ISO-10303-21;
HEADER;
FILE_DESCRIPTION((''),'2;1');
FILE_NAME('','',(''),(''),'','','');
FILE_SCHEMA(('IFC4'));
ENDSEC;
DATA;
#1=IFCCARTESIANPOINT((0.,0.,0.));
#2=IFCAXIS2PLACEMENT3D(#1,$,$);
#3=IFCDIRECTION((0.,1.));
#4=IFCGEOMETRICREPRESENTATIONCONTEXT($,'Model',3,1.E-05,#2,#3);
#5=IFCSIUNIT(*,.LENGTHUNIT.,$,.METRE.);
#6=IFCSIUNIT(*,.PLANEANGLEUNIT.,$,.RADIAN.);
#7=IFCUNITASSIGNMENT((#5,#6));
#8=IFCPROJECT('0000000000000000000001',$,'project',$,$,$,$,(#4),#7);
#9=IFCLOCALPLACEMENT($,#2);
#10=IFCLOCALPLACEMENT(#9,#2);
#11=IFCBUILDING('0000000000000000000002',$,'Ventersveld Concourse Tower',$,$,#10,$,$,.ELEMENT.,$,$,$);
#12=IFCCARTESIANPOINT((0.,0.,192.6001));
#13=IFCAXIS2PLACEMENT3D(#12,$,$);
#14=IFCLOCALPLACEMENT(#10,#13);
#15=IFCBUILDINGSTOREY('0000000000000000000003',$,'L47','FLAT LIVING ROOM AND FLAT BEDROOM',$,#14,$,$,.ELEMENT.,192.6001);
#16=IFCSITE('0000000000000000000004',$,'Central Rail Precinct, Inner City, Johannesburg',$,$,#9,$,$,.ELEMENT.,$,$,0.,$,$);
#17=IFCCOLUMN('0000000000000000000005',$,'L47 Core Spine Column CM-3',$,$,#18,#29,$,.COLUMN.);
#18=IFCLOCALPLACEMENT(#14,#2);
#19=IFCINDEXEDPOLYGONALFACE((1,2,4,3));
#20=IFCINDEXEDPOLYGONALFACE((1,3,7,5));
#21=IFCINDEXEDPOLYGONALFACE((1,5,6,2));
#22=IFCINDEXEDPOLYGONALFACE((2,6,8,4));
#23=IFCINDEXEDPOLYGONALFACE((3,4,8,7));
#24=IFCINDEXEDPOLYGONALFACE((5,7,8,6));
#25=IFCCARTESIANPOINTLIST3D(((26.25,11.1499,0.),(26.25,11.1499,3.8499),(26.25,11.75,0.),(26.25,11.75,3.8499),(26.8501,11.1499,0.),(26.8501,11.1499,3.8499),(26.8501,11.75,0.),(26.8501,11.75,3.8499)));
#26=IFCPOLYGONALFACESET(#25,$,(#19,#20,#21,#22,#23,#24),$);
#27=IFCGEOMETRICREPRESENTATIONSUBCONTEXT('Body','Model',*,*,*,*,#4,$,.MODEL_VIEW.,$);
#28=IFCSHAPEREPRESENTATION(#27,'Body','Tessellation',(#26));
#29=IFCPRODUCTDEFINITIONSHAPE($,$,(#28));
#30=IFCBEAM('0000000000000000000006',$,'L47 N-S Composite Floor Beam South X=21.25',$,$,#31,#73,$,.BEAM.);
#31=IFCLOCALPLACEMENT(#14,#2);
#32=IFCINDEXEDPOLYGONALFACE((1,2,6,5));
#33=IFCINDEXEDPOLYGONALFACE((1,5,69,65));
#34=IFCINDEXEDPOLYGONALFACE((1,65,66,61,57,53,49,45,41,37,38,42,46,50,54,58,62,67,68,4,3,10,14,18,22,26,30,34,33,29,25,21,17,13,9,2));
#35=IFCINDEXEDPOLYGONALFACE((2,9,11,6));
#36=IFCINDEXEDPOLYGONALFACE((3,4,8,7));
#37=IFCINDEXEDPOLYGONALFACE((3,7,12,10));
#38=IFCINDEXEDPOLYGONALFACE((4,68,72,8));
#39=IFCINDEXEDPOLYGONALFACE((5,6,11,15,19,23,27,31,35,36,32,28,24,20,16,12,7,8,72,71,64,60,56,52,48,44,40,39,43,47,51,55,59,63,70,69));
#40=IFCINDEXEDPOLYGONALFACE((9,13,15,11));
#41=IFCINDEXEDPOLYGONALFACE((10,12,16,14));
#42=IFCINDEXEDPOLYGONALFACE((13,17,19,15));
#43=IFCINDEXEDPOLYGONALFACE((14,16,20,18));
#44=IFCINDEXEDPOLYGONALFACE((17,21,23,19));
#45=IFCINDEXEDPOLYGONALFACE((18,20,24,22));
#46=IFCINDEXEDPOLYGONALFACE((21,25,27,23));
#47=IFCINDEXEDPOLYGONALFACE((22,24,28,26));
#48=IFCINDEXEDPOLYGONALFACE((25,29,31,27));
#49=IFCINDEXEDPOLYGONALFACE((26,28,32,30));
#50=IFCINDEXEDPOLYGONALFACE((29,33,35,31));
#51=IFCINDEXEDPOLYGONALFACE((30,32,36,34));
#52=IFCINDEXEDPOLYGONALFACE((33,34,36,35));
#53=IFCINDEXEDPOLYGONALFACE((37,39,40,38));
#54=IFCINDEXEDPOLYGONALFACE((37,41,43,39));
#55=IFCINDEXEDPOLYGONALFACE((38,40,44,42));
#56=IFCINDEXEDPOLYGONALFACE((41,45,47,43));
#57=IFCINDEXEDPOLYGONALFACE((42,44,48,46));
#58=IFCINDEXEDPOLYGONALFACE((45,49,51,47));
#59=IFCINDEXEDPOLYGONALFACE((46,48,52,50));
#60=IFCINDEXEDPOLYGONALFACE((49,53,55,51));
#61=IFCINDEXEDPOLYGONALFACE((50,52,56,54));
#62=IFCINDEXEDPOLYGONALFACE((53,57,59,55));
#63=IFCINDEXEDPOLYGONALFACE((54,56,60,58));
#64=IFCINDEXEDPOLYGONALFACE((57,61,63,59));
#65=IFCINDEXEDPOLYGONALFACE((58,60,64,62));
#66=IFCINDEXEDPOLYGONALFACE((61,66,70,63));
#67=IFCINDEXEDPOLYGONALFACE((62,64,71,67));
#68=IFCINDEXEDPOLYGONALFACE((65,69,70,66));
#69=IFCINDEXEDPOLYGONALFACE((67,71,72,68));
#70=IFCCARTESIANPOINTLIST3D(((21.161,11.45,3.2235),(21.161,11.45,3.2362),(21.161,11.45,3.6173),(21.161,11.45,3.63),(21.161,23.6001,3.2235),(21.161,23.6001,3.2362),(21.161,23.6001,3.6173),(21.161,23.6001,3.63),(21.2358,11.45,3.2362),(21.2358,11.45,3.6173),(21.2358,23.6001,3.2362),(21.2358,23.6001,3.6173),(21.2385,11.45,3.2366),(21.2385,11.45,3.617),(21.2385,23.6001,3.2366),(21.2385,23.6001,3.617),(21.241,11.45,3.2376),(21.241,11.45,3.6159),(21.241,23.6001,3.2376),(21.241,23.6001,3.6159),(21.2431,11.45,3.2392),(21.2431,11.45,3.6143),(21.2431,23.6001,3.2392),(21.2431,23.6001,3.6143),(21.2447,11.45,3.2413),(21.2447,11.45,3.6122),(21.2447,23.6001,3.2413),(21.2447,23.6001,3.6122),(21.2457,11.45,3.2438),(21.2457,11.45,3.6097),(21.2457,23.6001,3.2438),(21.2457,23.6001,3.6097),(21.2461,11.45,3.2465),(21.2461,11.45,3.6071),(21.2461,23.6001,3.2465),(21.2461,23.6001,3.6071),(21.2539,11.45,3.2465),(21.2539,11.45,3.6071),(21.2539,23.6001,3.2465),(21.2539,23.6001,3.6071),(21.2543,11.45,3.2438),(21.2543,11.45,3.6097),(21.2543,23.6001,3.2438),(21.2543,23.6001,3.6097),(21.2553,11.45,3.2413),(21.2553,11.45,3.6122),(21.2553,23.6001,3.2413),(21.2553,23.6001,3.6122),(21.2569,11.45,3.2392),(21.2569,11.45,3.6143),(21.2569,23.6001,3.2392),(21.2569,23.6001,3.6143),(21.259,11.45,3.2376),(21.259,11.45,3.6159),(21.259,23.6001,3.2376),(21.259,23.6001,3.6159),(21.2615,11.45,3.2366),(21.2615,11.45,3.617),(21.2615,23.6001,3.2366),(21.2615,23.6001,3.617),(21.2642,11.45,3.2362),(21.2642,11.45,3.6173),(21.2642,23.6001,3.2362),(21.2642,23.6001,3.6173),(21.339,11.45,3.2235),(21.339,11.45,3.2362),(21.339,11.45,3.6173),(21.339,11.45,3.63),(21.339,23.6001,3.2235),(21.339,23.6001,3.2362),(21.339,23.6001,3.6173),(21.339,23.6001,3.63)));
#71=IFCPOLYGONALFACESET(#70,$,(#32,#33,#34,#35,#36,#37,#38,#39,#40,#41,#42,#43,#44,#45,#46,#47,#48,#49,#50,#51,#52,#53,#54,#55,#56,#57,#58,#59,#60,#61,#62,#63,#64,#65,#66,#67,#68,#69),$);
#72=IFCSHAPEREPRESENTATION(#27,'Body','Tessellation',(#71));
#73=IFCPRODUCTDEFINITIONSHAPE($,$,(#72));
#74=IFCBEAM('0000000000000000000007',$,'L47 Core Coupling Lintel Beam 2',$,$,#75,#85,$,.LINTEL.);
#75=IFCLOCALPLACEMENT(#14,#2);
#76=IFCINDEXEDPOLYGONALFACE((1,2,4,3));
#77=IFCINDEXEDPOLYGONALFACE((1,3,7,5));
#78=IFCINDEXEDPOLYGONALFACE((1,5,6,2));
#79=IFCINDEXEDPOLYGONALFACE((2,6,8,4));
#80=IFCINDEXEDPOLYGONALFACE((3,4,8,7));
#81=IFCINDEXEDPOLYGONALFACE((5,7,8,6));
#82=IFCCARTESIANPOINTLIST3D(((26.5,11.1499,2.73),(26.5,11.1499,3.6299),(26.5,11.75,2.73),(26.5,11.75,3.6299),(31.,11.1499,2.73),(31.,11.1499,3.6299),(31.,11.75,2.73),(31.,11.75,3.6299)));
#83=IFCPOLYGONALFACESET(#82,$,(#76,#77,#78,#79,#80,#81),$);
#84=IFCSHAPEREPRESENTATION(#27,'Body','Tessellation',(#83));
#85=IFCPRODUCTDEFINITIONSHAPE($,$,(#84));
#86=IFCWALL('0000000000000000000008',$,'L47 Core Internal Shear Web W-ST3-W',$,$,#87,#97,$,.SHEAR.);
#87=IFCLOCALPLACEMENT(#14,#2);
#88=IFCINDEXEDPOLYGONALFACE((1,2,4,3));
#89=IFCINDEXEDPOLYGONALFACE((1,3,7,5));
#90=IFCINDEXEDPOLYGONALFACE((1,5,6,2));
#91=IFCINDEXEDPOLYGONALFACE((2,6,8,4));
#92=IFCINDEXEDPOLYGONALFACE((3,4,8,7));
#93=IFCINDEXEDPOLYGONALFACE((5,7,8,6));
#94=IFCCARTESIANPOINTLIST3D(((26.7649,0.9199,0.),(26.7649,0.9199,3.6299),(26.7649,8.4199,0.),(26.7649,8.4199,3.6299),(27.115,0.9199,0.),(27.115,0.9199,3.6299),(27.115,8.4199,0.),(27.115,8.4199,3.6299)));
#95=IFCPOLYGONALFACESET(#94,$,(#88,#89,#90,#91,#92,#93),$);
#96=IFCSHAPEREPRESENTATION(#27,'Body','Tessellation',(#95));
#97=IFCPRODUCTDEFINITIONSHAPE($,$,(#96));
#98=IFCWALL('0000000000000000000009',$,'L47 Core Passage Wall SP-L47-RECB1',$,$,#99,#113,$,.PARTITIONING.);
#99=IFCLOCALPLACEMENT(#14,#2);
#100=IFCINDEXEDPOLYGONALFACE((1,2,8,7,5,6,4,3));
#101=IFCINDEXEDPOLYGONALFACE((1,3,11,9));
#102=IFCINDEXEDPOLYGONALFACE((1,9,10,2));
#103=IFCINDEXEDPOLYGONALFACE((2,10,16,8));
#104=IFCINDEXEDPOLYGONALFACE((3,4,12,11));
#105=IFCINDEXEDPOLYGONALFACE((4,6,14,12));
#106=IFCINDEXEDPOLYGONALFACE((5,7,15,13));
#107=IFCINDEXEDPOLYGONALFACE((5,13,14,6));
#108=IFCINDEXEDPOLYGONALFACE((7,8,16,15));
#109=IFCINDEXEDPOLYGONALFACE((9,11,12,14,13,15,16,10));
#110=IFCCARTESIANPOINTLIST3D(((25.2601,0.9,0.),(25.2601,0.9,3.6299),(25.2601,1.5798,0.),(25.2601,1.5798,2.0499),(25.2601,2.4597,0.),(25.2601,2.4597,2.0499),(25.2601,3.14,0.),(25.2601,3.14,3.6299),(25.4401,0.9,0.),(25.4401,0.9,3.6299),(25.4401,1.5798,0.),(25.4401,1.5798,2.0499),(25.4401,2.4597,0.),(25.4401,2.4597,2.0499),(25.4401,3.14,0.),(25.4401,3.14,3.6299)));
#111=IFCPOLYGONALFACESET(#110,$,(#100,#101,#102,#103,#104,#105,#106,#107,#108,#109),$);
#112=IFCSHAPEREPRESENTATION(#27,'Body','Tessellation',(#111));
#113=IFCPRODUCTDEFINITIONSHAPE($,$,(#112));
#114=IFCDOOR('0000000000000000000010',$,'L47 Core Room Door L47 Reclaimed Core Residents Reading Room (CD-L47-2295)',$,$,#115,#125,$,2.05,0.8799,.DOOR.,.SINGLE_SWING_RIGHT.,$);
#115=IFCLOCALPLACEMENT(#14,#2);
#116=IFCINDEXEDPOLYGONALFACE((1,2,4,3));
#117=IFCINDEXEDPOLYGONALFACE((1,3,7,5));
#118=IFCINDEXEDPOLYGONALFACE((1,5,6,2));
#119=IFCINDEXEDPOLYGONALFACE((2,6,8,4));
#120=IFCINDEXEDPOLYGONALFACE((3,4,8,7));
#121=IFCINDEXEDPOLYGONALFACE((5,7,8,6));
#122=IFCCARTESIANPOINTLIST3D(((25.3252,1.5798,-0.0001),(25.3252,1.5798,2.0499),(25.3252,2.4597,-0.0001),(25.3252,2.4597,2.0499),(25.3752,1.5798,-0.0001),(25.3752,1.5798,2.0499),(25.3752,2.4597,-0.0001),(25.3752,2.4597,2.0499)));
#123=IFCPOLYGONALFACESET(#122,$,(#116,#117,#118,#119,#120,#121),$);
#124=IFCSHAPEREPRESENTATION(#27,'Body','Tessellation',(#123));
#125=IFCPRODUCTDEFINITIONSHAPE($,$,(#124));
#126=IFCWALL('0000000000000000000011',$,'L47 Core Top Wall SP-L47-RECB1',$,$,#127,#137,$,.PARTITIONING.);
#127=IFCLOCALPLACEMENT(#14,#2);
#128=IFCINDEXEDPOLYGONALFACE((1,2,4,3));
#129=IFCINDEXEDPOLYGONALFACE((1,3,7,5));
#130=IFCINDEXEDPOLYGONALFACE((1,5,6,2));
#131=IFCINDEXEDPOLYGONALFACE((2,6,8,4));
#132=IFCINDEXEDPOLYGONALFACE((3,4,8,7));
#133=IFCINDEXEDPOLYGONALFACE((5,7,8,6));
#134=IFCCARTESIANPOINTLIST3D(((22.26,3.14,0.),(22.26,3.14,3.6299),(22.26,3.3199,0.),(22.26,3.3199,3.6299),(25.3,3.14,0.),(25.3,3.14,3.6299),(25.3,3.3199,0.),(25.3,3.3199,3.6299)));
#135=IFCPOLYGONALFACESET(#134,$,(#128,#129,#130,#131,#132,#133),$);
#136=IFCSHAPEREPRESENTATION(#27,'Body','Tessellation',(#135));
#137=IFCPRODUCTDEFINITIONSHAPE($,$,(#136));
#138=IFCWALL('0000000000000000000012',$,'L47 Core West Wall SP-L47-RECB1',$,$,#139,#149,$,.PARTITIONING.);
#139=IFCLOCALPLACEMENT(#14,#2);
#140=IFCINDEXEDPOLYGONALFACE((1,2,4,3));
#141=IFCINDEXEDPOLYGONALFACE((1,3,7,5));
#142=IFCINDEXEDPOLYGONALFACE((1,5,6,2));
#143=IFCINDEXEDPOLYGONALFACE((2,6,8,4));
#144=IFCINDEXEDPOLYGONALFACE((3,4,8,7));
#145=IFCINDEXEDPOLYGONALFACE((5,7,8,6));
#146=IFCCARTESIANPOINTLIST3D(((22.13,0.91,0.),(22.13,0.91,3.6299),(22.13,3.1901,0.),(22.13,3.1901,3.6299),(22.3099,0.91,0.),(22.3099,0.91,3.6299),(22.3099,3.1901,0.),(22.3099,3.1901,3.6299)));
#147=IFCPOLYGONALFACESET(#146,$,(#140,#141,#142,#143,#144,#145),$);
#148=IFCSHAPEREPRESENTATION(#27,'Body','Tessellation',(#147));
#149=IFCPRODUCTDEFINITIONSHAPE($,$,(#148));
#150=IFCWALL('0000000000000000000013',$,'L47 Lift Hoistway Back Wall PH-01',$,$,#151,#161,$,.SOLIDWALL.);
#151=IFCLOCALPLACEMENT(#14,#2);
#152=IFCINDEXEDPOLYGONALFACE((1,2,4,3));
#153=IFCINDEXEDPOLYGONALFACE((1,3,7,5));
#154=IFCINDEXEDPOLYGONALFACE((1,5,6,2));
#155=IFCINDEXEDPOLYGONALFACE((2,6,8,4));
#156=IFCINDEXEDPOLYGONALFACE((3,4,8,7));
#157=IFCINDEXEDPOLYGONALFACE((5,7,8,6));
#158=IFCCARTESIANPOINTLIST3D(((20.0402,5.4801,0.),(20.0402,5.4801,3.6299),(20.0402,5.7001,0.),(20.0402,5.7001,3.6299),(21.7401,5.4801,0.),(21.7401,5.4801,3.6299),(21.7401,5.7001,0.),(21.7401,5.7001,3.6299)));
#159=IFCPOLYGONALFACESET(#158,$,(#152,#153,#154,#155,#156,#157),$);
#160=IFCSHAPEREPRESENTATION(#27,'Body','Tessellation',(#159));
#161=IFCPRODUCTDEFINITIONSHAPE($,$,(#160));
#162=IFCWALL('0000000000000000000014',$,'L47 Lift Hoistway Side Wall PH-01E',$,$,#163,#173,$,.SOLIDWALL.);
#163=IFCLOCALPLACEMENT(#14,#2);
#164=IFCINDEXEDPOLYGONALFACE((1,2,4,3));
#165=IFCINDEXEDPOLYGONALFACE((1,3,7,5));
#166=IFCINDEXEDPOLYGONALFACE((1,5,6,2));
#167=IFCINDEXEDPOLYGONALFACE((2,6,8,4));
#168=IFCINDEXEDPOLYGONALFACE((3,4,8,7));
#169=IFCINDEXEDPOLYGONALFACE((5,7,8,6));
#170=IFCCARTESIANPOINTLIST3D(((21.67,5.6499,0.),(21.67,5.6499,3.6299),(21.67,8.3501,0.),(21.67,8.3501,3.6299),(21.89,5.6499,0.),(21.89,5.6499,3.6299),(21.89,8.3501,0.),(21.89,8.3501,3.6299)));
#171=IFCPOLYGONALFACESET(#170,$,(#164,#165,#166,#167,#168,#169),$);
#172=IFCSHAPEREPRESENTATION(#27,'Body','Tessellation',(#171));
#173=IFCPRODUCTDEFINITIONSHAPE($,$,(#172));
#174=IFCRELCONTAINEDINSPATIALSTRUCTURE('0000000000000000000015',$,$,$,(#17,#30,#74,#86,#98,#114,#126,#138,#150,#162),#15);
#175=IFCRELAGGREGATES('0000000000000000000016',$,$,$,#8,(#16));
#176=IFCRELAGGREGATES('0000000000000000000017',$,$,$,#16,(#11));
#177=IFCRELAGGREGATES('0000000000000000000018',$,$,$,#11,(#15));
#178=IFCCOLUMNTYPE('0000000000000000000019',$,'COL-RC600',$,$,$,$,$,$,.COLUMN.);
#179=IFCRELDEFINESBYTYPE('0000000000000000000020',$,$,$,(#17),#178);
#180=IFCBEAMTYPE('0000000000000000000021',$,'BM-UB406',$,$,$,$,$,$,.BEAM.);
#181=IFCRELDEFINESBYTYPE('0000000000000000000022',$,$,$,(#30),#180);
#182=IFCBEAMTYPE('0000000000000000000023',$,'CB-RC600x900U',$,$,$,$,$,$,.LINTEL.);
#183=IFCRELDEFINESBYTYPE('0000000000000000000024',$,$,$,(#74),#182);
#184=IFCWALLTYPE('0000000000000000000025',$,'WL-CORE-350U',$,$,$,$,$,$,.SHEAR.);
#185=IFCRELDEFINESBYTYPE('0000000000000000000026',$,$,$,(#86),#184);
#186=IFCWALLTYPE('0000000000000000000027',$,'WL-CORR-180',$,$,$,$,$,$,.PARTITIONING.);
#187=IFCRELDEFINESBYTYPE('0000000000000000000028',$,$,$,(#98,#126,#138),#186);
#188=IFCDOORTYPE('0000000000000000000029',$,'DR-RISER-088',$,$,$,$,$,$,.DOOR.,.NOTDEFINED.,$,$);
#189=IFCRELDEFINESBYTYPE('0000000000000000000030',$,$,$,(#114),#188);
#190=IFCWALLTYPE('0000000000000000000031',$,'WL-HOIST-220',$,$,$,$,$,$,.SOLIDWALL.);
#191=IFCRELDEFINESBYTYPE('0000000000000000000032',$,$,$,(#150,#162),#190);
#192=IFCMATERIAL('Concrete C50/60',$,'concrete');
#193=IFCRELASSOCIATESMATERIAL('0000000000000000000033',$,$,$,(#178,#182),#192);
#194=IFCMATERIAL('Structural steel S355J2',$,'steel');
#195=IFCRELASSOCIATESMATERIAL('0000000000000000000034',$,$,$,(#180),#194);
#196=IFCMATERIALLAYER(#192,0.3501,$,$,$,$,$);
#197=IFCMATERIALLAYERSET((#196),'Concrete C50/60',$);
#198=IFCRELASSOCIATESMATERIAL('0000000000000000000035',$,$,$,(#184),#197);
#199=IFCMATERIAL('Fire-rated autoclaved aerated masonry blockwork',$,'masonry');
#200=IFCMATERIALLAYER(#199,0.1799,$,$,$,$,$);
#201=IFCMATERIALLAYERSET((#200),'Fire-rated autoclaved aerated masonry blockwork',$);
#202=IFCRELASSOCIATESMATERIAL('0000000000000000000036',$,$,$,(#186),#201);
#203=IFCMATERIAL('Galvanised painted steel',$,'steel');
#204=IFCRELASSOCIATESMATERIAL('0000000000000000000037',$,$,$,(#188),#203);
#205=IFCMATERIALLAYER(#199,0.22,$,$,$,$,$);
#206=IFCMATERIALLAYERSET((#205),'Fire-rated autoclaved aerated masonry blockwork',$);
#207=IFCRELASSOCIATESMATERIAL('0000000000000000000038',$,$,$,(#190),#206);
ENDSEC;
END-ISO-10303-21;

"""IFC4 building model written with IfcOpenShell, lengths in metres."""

from ifc_helpers import new_model, si_unit, direction, frame, frame_2d, origin, origin_2d, place, context, subcontext, project, spatial, rectangle, i_section, extrude, material, layer, layer_set, material_profile, profile_set, type_object, element, fill, save


model = new_model("IFC4")

# Units and contexts
model_context = context("Model", 3, precision=1e-05, world=origin(), true_north=direction((0.0, 1.0)))
body_context = subcontext(model_context, "Body", "Model", "MODEL_VIEW")
ifc_project = project(units=[si_unit("LENGTHUNIT", "METRE"), si_unit("PLANEANGLEUNIT", "RADIAN")], contexts=[model_context])

# Site, building, storey
site_placement = place(None, origin())
site = spatial("IfcSite", under=ifc_project, at=site_placement, Name="Central Rail Precinct, Inner City, Johannesburg", CompositionType="ELEMENT", RefElevation=0.0)
building_placement = place(site_placement, origin())
building = spatial("IfcBuilding", under=site, at=building_placement, Name="Ventersveld Concourse Tower", CompositionType="ELEMENT")
storey_placement = place(building_placement, frame((0.0, 0.0, 192.6001)))
storey = spatial("IfcBuildingStorey", under=building, at=storey_placement, Name="L47", Description="FLAT LIVING ROOM AND FLAT BEDROOM", CompositionType="ELEMENT", Elevation=192.6001)

# Column
ifc_material_1 = material(Name="Concrete C50/60", Category="concrete")
ifc_material_profile_1 = material_profile(ifc_material_1, rectangle(XDim=0.6001, YDim=0.6001, at=origin_2d()), Name="RC 600x600")
ifc_profile_set_1 = profile_set([ifc_material_profile_1], Name="Concrete C50/60")
column_type = type_object("IfcColumnType", Name="COL-RC600", PredefinedType="COLUMN", material=ifc_profile_set_1)
column_placement = place(storey_placement, frame((26.55, 11.45, 0.0), z_axis=(0.0, 0.0, 1.0), x_axis=(1.0, 0.0, 0.0)))
element("IfcColumn", 1, at=column_placement, inside=storey, type_object=column_type, Name="L47 Core Spine Column CM-3", PredefinedType="COLUMN", context=body_context, shape_type="SweptSolid", body=[
    extrude(rectangle(XDim=0.6001, YDim=0.6001, at=origin_2d()), origin(), (0.0, 0.0, 1.0), 3.8499),
])

# Beams
ifc_material_2 = material(Name="Structural steel S355J2", Category="steel")
ifc_material_profile_2 = material_profile(ifc_material_2, i_section(OverallWidth=0.178, OverallDepth=0.4065, WebThickness=0.0078, FlangeThickness=0.0127, FilletRadius=0.0103, at=origin_2d()), Name="UB 406x178x60")
ifc_profile_set_2 = profile_set([ifc_material_profile_2], Name="Structural steel S355J2")
beam_type_1 = type_object("IfcBeamType", Name="BM-UB406", PredefinedType="BEAM", material=ifc_profile_set_2)
beam_1_placement = place(storey_placement, frame((21.25, 11.45, 3.4268), z_axis=(0.0, 1.0, 0.0), x_axis=(-1.0, 0.0, 0.0)))
element("IfcBeam", 2, at=beam_1_placement, inside=storey, type_object=beam_type_1, Name="L47 N-S Composite Floor Beam South X=21.25", PredefinedType="BEAM", context=body_context, shape_type="SweptSolid", body=[
    extrude(i_section(OverallWidth=0.178, OverallDepth=0.4065, WebThickness=0.0078, FlangeThickness=0.0127, FilletRadius=0.0103, at=origin_2d()), origin(), (0.0, 0.0, 1.0), 12.1501),
])
ifc_material_profile_3 = material_profile(ifc_material_1, rectangle(XDim=0.6001, YDim=0.8999, at=origin_2d()), Name="RC 600x900")
ifc_profile_set_3 = profile_set([ifc_material_profile_3], Name="Concrete C50/60")
beam_type_2 = type_object("IfcBeamType", Name="CB-RC600x900U", PredefinedType="LINTEL", material=ifc_profile_set_3)
beam_2_placement = place(storey_placement, frame((26.5, 11.45, 3.1799), z_axis=(1.0, 0.0, 0.0), x_axis=(0.0, 1.0, 0.0)))
element("IfcBeam", 3, at=beam_2_placement, inside=storey, type_object=beam_type_2, Name="L47 Core Coupling Lintel Beam 2", PredefinedType="LINTEL", context=body_context, shape_type="SweptSolid", body=[
    extrude(rectangle(XDim=0.6001, YDim=0.8999, at=origin_2d()), origin(), (0.0, 0.0, 1.0), 4.5),
])

# Wall
ifc_layer_1 = layer(ifc_material_1, 0.3501)
ifc_layer_set_1 = layer_set([ifc_layer_1], Name="Concrete C50/60")
wall_type_1 = type_object("IfcWallType", Name="WL-CORE-350U", PredefinedType="SHEAR", material=ifc_layer_set_1)
wall_1_placement = place(storey_placement, frame((26.9399, 0.9199, 0.0), z_axis=(0.0, 0.0, 1.0), x_axis=(0.0, 1.0, 0.0)))
element("IfcWall", 4, at=wall_1_placement, inside=storey, type_object=wall_type_1, Name="L47 Core Internal Shear Web W-ST3-W", PredefinedType="SHEAR", context=body_context, shape_type="SweptSolid", body=[
    extrude(rectangle(XDim=7.5, YDim=0.3501, at=frame_2d((3.75, 0.0))), origin(), (0.0, 0.0, 1.0), 3.6299),
])

# Wall, opening, door
ifc_material_3 = material(Name="Fire-rated autoclaved aerated masonry blockwork", Category="masonry")
ifc_layer_2 = layer(ifc_material_3, 0.1799)
ifc_layer_set_2 = layer_set([ifc_layer_2], Name="Fire-rated autoclaved aerated masonry blockwork")
wall_type_2 = type_object("IfcWallType", Name="WL-CORR-180", PredefinedType="PARTITIONING", material=ifc_layer_set_2)
wall_2_placement = place(storey_placement, frame((25.3501, 0.8999, 0.0), z_axis=(0.0, 0.0, 1.0), x_axis=(0.0, 1.0, 0.0)))
wall_2 = element("IfcWall", 5, at=wall_2_placement, inside=storey, type_object=wall_type_2, Name="L47 Core Passage Wall SP-L47-RECB1", PredefinedType="PARTITIONING", context=body_context, shape_type="SweptSolid", body=[
    extrude(rectangle(XDim=2.24, YDim=0.1799, at=frame_2d((1.1201, 0.0))), origin(), (0.0, 0.0, 1.0), 3.6299),
])
opening_1_placement = place(wall_2_placement, frame((0.6799, 0.0, 0.0)))
opening_1 = element("IfcOpeningElement", 6, at=opening_1_placement, cuts=wall_2, PredefinedType="OPENING", context=body_context, shape_type="SweptSolid", body=[
    extrude(rectangle(XDim=0.8799, YDim=2.05, at=frame_2d((0.4399, 1.0249))), frame((0.0, 0.1001, 0.0), z_axis=(0.0, -1.0, 0.0), x_axis=(1.0, 0.0, 0.0)), (0.0, 0.0, 1.0), 0.2),
])
ifc_material_4 = material(Name="Galvanised painted steel", Category="steel")
door_type_1 = type_object("IfcDoorType", Name="DR-RISER-088", OperationType="NOTDEFINED", PredefinedType="DOOR", material=ifc_material_4)
door_1_placement = place(opening_1_placement, origin())
door_1 = element("IfcDoor", 7, at=door_1_placement, inside=storey, type_object=door_type_1, Name="L47 Core Room Door L47 Reclaimed Core Residents Reading Room (CD-L47-2295)", OperationType="SINGLE_SWING_RIGHT", OverallHeight=2.05, OverallWidth=0.8799, PredefinedType="DOOR", context=body_context, shape_type="SweptSolid", body=[
    extrude(rectangle(XDim=0.8799, YDim=2.05, at=frame_2d((0.4399, 1.0249))), frame((0.0, 0.0249, 0.0), z_axis=(0.0, -1.0, 0.0), x_axis=(1.0, 0.0, 0.0)), (0.0, 0.0, 1.0), 0.05),
])
fill(opening_1, door_1)

# Walls
wall_3_placement = place(storey_placement, frame((22.26, 3.23, 0.0), z_axis=(0.0, 0.0, 1.0), x_axis=(1.0, 0.0, 0.0)))
element("IfcWall", 8, at=wall_3_placement, inside=storey, type_object=wall_type_2, Name="L47 Core Top Wall SP-L47-RECB1", PredefinedType="PARTITIONING", context=body_context, shape_type="SweptSolid", body=[
    extrude(rectangle(XDim=3.04, YDim=0.1799, at=frame_2d((1.52, 0.0))), origin(), (0.0, 0.0, 1.0), 3.6299),
])
wall_4_placement = place(storey_placement, frame((22.22, 0.9099, 0.0), z_axis=(0.0, 0.0, 1.0), x_axis=(0.0, 1.0, 0.0)))
element("IfcWall", 9, at=wall_4_placement, inside=storey, type_object=wall_type_2, Name="L47 Core West Wall SP-L47-RECB1", PredefinedType="PARTITIONING", context=body_context, shape_type="SweptSolid", body=[
    extrude(rectangle(XDim=2.28, YDim=0.1799, at=frame_2d((1.1401, 0.0))), origin(), (0.0, 0.0, 1.0), 3.6299),
])
ifc_layer_3 = layer(ifc_material_3, 0.22)
ifc_layer_set_3 = layer_set([ifc_layer_3], Name="Fire-rated autoclaved aerated masonry blockwork")
wall_type_3 = type_object("IfcWallType", Name="WL-HOIST-220", PredefinedType="SOLIDWALL", material=ifc_layer_set_3)
wall_5_placement = place(storey_placement, frame((20.04, 5.5901, 0.0), z_axis=(0.0, 0.0, 1.0), x_axis=(1.0, 0.0, 0.0)))
element("IfcWall", 10, at=wall_5_placement, inside=storey, type_object=wall_type_3, Name="L47 Lift Hoistway Back Wall PH-01", PredefinedType="SOLIDWALL", context=body_context, shape_type="SweptSolid", body=[
    extrude(rectangle(XDim=1.7, YDim=0.22, at=frame_2d((0.8501, 0.0))), origin(), (0.0, 0.0, 1.0), 3.6299),
])
wall_6_placement = place(storey_placement, frame((21.78, 5.6499, 0.0), z_axis=(0.0, 0.0, 1.0), x_axis=(0.0, 1.0, 0.0)))
element("IfcWall", 11, at=wall_6_placement, inside=storey, type_object=wall_type_3, Name="L47 Lift Hoistway Side Wall PH-01E", PredefinedType="SOLIDWALL", context=body_context, shape_type="SweptSolid", body=[
    extrude(rectangle(XDim=2.7002, YDim=0.22, at=frame_2d((1.3501, 0.0))), origin(), (0.0, 0.0, 1.0), 3.6299),
])

save(model, "model.ifc")
